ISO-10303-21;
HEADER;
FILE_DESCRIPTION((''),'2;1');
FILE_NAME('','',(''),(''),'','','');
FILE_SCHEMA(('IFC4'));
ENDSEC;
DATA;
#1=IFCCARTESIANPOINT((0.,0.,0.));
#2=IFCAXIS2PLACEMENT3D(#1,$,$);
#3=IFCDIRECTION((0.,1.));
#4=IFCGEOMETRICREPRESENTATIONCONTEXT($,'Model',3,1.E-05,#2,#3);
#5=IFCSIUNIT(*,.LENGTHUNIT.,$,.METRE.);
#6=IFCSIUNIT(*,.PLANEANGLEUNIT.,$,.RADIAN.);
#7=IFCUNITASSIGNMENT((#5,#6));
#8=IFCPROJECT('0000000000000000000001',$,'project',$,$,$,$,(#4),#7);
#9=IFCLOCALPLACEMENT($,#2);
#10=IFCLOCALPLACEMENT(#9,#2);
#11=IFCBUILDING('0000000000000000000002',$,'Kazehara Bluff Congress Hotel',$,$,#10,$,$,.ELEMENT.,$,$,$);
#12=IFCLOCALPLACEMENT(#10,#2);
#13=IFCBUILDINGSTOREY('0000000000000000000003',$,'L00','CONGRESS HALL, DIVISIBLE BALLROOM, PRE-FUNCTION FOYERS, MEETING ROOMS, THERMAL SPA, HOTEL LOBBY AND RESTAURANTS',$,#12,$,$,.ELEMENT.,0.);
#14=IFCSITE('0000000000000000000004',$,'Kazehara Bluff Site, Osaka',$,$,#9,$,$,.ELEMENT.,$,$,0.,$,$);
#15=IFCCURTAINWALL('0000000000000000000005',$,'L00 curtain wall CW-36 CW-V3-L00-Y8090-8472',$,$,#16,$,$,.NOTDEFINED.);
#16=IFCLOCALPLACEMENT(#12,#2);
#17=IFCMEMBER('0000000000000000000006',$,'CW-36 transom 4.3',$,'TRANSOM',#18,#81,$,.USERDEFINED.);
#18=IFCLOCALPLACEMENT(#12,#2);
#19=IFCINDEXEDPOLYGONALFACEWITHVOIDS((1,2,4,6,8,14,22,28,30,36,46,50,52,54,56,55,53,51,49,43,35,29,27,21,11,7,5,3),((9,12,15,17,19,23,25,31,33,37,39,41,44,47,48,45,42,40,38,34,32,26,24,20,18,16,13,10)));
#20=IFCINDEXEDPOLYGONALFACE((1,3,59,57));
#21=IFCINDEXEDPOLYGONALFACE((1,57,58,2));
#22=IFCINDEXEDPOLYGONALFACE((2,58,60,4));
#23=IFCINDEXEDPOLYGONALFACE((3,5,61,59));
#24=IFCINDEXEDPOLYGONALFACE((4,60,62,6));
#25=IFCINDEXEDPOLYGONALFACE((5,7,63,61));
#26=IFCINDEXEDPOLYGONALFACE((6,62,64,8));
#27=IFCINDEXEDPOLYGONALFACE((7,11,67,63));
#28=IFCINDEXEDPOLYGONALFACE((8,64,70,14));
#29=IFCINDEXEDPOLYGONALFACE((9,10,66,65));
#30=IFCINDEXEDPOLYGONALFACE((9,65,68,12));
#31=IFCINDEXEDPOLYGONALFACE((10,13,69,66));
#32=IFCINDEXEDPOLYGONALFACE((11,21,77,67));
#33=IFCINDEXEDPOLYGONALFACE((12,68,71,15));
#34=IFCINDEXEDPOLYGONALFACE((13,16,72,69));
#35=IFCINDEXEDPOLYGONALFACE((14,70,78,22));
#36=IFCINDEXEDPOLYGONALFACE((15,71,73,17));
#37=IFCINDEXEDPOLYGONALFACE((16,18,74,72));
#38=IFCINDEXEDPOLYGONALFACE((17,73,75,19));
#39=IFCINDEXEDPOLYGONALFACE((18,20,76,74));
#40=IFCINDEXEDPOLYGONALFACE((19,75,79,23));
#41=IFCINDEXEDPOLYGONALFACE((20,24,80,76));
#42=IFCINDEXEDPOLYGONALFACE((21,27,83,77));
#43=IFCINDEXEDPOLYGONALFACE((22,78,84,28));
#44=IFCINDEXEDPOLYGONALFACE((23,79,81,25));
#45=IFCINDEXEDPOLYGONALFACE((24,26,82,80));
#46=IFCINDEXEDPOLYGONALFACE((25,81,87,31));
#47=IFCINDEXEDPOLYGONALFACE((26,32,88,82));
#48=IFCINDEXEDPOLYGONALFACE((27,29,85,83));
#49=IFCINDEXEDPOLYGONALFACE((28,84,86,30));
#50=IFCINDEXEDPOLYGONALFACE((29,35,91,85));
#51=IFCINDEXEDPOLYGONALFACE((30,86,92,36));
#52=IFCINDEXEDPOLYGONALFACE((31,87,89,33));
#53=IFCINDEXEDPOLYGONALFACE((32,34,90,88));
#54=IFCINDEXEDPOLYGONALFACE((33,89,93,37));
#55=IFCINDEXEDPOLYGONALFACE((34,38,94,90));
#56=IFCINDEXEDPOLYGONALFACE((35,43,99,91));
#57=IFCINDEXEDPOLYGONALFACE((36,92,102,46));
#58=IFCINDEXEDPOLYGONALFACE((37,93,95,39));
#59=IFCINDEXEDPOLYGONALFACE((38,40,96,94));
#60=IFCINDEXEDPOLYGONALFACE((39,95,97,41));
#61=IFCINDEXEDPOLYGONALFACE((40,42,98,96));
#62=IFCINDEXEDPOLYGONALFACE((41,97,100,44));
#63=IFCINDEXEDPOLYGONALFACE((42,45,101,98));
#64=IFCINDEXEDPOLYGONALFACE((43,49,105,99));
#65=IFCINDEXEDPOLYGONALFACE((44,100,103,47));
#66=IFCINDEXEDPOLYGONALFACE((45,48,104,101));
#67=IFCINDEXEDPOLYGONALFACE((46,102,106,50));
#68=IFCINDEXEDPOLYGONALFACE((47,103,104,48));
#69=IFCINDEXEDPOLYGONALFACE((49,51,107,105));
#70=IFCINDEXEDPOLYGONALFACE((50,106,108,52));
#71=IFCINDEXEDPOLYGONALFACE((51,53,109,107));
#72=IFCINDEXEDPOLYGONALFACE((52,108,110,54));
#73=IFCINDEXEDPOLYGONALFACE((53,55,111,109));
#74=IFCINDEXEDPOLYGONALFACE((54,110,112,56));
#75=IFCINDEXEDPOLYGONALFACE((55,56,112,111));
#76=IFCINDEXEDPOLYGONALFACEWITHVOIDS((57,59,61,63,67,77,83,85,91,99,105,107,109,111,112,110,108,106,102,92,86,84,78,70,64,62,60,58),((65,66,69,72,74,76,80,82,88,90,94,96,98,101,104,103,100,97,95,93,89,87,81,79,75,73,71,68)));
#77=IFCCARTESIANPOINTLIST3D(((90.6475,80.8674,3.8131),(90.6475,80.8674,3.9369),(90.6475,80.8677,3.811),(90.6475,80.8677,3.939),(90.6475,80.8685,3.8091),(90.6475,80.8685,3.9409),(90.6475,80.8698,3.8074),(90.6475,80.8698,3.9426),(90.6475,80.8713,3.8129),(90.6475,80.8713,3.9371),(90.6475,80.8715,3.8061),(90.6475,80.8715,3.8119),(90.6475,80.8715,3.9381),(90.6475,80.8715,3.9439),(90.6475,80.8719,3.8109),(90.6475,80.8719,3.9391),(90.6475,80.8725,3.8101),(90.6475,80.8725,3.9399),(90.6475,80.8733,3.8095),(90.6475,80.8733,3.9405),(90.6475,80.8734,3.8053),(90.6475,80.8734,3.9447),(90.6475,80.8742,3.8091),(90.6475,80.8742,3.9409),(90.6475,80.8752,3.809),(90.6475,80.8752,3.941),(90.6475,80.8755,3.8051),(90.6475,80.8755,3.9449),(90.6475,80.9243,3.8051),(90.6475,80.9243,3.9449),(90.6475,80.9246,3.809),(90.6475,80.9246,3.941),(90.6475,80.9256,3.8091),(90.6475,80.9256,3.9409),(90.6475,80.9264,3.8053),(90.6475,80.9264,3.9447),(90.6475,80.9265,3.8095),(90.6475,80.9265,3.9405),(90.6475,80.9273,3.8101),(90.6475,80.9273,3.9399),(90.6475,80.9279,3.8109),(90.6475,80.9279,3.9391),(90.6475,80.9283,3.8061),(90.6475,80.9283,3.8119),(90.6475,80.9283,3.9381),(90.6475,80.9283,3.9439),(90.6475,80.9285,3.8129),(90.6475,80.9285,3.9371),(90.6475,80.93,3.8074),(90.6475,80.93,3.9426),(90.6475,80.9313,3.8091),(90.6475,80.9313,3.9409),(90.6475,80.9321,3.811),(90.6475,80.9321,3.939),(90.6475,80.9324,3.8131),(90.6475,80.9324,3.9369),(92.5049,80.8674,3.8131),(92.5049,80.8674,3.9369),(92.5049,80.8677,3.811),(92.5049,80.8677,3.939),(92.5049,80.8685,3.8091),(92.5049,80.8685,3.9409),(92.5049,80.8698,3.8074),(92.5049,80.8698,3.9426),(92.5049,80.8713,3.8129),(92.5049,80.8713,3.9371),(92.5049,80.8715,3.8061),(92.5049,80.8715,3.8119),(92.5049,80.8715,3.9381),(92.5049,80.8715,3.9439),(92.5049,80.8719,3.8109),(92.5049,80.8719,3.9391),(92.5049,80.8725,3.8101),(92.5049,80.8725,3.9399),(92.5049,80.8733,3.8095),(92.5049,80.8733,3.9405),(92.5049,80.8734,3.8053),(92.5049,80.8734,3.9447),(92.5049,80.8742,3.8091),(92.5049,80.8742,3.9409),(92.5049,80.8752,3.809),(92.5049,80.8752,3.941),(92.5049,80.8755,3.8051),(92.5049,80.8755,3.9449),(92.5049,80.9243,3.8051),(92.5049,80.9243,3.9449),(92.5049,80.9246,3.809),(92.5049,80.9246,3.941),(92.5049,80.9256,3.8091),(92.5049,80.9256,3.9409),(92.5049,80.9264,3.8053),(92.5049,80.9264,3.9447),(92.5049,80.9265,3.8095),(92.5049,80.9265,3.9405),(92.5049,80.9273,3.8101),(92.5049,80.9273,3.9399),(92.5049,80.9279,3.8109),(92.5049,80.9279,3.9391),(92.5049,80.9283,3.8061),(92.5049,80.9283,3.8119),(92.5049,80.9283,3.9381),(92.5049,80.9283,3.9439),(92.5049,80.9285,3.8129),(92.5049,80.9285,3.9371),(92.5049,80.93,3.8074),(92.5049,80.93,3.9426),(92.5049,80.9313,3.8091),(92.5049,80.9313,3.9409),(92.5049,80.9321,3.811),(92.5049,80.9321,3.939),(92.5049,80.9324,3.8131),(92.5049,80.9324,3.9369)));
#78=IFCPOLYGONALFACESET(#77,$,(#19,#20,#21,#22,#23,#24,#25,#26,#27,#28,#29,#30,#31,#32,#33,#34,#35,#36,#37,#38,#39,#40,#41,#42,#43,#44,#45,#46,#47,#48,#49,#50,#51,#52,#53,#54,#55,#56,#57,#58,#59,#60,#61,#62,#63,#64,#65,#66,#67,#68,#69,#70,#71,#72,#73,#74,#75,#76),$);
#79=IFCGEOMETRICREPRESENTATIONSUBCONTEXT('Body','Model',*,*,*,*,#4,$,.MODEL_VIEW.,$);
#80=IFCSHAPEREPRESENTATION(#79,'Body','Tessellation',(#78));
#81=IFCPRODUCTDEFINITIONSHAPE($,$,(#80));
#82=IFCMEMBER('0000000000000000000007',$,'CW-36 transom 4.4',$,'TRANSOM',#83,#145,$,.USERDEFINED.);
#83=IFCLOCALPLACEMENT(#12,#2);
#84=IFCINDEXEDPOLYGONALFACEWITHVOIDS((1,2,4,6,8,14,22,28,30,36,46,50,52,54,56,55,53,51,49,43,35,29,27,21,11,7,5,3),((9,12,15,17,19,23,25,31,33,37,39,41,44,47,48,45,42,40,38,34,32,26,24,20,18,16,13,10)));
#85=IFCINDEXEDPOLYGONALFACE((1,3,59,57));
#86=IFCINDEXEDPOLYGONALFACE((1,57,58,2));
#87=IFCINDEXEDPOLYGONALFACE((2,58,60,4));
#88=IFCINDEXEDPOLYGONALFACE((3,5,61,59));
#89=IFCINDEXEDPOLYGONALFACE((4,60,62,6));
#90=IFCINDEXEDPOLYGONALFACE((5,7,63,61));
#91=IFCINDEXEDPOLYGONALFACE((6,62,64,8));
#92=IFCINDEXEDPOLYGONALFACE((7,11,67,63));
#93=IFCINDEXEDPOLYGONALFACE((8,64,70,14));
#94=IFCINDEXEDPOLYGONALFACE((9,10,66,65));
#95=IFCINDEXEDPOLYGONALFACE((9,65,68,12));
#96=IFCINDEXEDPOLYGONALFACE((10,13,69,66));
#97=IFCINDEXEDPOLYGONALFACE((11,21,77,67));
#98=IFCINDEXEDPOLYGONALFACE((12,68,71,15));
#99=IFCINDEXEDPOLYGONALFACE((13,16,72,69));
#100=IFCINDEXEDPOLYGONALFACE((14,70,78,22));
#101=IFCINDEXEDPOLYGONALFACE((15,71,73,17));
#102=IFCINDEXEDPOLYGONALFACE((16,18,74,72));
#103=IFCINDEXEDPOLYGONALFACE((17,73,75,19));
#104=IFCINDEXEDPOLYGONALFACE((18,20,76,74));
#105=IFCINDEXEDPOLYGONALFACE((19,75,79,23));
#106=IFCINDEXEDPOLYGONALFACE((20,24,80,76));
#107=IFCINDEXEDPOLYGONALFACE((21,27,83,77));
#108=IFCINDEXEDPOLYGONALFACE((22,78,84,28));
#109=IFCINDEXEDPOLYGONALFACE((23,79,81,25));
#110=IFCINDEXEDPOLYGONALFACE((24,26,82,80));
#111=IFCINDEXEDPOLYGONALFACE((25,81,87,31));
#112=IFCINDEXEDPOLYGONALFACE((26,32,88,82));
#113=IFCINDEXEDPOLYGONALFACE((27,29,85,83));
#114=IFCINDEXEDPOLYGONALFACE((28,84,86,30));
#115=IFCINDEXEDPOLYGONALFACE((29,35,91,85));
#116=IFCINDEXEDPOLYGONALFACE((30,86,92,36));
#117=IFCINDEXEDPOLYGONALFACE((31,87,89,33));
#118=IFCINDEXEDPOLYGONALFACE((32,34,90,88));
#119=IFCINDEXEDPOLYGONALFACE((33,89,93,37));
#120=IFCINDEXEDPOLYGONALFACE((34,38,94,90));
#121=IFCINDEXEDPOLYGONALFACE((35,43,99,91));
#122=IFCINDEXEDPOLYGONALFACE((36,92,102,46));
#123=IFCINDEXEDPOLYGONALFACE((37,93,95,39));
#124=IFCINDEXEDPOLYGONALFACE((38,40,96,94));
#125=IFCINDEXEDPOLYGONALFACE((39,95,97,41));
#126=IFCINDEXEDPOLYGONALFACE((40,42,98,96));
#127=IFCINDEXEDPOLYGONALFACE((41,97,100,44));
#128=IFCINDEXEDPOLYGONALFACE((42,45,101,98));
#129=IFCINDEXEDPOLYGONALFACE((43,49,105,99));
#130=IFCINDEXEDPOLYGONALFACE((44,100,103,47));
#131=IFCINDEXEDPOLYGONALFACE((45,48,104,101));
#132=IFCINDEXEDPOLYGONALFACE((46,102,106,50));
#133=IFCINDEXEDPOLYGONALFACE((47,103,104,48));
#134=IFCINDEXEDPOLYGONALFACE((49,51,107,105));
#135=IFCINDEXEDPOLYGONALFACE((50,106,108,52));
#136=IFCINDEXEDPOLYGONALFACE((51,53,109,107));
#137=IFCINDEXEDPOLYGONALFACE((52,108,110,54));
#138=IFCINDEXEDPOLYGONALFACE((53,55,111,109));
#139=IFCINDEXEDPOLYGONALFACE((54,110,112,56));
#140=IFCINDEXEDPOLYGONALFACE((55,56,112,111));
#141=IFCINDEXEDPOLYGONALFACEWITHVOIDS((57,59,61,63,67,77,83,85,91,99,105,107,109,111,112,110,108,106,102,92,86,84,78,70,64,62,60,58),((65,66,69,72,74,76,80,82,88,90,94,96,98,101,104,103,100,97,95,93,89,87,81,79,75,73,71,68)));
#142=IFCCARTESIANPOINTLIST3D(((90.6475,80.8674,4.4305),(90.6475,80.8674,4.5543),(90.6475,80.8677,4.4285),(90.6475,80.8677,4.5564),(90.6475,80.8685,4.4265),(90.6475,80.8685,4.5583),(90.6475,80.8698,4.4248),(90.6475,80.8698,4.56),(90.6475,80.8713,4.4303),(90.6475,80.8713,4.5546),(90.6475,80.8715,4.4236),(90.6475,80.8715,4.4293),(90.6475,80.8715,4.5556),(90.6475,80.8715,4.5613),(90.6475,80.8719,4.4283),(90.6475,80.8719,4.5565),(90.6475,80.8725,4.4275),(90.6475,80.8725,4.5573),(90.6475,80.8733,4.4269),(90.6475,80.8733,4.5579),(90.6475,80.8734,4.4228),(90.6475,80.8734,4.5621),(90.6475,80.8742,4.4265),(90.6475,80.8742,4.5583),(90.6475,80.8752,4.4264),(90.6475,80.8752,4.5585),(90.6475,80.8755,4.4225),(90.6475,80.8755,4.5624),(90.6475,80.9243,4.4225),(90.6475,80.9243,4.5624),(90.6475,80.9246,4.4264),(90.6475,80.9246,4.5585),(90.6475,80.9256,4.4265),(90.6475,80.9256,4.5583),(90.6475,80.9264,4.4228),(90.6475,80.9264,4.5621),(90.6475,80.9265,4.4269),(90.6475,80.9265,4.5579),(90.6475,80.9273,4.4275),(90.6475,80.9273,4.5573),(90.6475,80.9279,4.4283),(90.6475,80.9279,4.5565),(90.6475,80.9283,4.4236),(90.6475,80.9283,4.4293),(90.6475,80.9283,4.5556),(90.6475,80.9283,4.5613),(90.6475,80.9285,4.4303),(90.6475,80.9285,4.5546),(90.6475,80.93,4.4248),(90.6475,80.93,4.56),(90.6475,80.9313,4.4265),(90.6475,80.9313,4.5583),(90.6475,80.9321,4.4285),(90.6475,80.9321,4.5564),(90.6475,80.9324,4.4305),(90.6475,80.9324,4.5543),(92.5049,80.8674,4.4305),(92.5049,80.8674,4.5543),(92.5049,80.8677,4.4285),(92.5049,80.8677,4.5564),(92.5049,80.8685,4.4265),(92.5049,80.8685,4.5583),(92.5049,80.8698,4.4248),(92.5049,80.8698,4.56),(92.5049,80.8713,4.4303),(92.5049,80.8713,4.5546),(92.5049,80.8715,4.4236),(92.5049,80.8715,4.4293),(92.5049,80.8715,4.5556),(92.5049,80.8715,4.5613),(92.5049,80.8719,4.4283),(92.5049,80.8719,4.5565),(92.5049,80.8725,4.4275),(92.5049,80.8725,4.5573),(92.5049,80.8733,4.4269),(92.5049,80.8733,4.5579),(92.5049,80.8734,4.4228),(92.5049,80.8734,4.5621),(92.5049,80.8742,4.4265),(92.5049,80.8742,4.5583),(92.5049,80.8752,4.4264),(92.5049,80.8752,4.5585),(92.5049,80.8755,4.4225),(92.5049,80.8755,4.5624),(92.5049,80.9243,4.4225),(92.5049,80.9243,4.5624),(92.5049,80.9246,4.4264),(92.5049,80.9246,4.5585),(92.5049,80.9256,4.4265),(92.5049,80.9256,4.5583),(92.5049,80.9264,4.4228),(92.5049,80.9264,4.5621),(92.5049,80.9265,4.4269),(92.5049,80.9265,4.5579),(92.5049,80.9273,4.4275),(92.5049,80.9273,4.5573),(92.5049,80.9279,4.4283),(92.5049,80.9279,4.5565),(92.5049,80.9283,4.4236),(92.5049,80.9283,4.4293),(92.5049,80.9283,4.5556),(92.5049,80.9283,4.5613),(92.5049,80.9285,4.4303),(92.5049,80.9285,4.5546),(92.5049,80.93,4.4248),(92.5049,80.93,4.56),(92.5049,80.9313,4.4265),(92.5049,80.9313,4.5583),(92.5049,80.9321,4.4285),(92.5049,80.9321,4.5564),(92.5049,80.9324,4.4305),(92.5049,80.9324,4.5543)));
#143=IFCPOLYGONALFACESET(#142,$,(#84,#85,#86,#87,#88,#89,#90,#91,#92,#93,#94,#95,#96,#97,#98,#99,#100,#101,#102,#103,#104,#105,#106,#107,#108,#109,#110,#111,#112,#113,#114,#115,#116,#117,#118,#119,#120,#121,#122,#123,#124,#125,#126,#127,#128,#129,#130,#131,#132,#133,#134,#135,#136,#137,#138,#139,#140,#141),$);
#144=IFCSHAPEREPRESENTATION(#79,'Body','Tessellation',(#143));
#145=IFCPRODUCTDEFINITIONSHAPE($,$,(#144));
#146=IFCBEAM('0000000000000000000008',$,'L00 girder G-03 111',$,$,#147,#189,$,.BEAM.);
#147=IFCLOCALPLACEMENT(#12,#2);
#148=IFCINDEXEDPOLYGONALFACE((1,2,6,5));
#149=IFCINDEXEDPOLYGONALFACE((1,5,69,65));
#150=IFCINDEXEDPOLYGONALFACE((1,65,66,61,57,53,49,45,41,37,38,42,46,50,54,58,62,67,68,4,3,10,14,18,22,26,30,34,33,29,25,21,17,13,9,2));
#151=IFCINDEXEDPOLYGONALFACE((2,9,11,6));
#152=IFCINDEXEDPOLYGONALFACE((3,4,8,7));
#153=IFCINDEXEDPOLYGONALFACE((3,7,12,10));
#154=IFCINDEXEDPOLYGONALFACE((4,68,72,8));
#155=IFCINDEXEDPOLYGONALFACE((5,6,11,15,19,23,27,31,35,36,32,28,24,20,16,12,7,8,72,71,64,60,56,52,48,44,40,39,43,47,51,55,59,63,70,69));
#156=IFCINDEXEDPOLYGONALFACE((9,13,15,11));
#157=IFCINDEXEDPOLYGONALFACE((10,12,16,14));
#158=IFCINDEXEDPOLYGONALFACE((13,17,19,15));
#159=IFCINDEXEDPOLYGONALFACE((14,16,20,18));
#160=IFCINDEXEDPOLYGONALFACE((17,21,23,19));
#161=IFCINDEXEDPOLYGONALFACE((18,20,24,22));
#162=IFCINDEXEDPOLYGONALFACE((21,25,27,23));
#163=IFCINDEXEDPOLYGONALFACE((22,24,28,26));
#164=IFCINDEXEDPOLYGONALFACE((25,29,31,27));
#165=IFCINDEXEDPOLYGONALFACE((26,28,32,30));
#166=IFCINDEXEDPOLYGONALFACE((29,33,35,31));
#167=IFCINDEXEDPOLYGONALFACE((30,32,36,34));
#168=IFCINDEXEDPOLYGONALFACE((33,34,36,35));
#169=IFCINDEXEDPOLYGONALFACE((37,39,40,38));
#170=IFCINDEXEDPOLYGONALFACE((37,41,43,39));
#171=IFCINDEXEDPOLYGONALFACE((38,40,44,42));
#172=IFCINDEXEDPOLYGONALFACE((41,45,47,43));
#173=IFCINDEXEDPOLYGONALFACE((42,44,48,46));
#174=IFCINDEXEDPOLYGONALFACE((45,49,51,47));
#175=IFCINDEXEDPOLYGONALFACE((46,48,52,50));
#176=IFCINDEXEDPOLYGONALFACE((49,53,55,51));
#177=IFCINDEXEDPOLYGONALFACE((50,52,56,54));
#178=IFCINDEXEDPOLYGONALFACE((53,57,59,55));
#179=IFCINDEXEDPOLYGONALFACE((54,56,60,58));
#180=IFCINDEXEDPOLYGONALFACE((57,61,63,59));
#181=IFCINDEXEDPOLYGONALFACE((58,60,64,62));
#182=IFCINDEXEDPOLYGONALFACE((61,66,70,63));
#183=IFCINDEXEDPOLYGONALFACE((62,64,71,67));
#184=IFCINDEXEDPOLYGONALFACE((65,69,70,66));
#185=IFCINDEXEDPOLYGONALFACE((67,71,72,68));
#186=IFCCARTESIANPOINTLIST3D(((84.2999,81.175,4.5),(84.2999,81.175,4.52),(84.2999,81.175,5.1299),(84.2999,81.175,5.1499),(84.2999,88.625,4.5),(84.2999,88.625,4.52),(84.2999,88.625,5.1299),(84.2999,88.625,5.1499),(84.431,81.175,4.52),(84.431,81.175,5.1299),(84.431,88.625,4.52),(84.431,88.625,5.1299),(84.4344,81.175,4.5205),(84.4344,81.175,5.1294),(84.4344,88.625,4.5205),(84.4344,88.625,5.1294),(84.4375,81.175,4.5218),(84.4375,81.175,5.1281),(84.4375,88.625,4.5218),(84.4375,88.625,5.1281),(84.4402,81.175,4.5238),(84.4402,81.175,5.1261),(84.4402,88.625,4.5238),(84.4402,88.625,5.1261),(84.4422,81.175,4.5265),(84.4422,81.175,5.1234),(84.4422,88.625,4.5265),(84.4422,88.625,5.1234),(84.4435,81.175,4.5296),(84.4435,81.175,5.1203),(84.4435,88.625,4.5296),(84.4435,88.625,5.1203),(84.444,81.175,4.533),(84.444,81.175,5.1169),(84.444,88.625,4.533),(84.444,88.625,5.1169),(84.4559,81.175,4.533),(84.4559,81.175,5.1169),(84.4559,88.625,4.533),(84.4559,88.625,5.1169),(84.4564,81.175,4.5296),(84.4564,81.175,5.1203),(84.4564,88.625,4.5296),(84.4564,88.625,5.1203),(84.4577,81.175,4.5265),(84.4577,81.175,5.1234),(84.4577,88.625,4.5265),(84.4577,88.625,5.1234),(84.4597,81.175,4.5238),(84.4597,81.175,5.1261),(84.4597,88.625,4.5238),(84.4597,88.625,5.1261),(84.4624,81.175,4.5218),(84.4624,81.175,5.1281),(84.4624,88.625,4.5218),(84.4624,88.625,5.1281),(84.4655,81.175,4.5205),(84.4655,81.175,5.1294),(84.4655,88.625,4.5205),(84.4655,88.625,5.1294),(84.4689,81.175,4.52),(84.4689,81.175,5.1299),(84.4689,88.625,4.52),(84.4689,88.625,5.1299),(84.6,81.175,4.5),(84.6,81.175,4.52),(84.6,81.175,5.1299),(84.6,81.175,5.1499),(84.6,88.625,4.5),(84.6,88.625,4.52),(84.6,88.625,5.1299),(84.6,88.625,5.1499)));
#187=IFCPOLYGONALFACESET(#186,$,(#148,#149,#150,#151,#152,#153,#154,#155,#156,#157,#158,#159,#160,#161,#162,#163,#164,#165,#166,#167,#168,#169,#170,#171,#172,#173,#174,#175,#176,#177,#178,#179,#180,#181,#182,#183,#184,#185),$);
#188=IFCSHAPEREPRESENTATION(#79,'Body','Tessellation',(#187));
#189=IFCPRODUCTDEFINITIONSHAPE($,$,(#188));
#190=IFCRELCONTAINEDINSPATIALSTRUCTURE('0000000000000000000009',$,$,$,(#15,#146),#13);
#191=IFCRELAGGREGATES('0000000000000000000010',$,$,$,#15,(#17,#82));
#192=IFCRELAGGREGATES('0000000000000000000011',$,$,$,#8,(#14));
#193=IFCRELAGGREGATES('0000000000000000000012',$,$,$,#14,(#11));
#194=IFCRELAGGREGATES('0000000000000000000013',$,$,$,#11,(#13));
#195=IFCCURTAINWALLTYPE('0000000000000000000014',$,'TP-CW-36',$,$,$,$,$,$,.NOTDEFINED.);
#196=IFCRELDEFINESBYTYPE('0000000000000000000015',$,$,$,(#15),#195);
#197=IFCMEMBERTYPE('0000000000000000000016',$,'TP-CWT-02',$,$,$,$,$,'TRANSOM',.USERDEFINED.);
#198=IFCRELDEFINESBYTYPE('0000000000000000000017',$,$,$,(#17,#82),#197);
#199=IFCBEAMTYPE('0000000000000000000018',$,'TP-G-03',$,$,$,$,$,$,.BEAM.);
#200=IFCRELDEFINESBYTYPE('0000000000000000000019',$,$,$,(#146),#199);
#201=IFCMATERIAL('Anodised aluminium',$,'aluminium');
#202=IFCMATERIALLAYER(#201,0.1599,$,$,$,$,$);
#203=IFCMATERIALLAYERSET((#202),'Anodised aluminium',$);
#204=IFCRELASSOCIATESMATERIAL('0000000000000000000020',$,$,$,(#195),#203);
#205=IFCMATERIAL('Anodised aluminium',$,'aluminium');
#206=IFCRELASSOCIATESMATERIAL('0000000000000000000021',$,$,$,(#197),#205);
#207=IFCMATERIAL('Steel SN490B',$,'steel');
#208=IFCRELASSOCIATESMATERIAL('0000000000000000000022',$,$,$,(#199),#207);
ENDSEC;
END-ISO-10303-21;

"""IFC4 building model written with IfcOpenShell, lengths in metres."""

from ifc_helpers import new_model, si_unit, direction, frame, origin, origin_2d, place, context, subcontext, project, spatial, hollow_rectangle, i_section, extrude, material, layer, layer_set, material_profile, profile_set, type_object, element, aggregate, save


model = new_model("IFC4")

# Units and contexts
model_context = context("Model", 3, precision=1e-05, world=origin(), true_north=direction((0.0, 1.0)))
body_context = subcontext(model_context, "Body", "Model", "MODEL_VIEW")
ifc_project = project(units=[si_unit("LENGTHUNIT", "METRE"), si_unit("PLANEANGLEUNIT", "RADIAN")], contexts=[model_context])

# Site, building, storey
site_placement = place(None, origin())
site = spatial("IfcSite", under=ifc_project, at=site_placement, Name="Kazehara Bluff Site, Osaka", CompositionType="ELEMENT", RefElevation=0.0)
building_placement = place(site_placement, origin())
building = spatial("IfcBuilding", under=site, at=building_placement, Name="Kazehara Bluff Congress Hotel", CompositionType="ELEMENT")
storey_placement = place(building_placement, origin())
storey = spatial("IfcBuildingStorey", under=building, at=storey_placement, Name="L00", Description="CONGRESS HALL, DIVISIBLE BALLROOM, PRE-FUNCTION FOYERS, MEETING ROOMS, THERMAL SPA, HOTEL LOBBY AND RESTAURANTS", CompositionType="ELEMENT", Elevation=0.0)

# Curtain wall, members
ifc_material_1 = material(Name="Anodised aluminium", Category="aluminium")
ifc_layer_1 = layer(ifc_material_1, 0.1599)
ifc_layer_set_1 = layer_set([ifc_layer_1], Name="Anodised aluminium")
curtain_wall_type = type_object("IfcCurtainWallType", Name="TP-CW-36", PredefinedType="NOTDEFINED", material=ifc_layer_set_1)
curtain_wall_placement = place(storey_placement, origin())
curtain_wall = element("IfcCurtainWall", 1, at=curtain_wall_placement, inside=storey, type_object=curtain_wall_type, Name="L00 curtain wall CW-36 CW-V3-L00-Y8090-8472", PredefinedType="NOTDEFINED")
ifc_material_2 = material(Name="Anodised aluminium", Category="aluminium")
ifc_material_profile_1 = material_profile(ifc_material_2, hollow_rectangle(XDim=0.0649, YDim=0.1399, WallThickness=0.0039, InnerFilletRadius=0.0039, OuterFilletRadius=0.0081, at=origin_2d()))
ifc_profile_set_1 = profile_set([ifc_material_profile_1], Name="Anodised aluminium")
member_type_1 = type_object("IfcMemberType", Name="TP-CWT-02", ElementType="TRANSOM", PredefinedType="USERDEFINED", material=ifc_profile_set_1)
member_1_placement = place(storey_placement, frame((90.6475, 80.8999, 3.875), z_axis=(1.0, 0.0, 0.0), x_axis=(0.0, 1.0, 0.0)))
member_1 = element("IfcMember", 2, at=member_1_placement, type_object=member_type_1, Name="CW-36 transom 4.3", ObjectType="TRANSOM", PredefinedType="USERDEFINED", context=body_context, shape_type="SweptSolid", body=[
    extrude(hollow_rectangle(XDim=0.0649, YDim=0.1399, WallThickness=0.0039, InnerFilletRadius=0.0039, OuterFilletRadius=0.0081, at=origin_2d()), origin(), (0.0, 0.0, 1.0), 1.8574),
])
member_2_placement = place(storey_placement, frame((90.6475, 80.8999, 4.4924), z_axis=(1.0, 0.0, 0.0), x_axis=(0.0, 1.0, 0.0)))
member_2 = element("IfcMember", 3, at=member_2_placement, type_object=member_type_1, Name="CW-36 transom 4.4", ObjectType="TRANSOM", PredefinedType="USERDEFINED", context=body_context, shape_type="SweptSolid", body=[
    extrude(hollow_rectangle(XDim=0.0649, YDim=0.1399, WallThickness=0.0039, InnerFilletRadius=0.0039, OuterFilletRadius=0.0081, at=origin_2d()), origin(), (0.0, 0.0, 1.0), 1.8574),
])

# Beam
ifc_material_3 = material(Name="Steel SN490B", Category="steel")
ifc_material_profile_2 = material_profile(ifc_material_3, i_section(OverallWidth=0.3, OverallDepth=0.6499, WebThickness=0.012, FlangeThickness=0.02, FilletRadius=0.0129, at=origin_2d()))
ifc_profile_set_2 = profile_set([ifc_material_profile_2], Name="Steel SN490B")
beam_type_1 = type_object("IfcBeamType", Name="TP-G-03", PredefinedType="BEAM", material=ifc_profile_set_2)
for number, where, z_axis, x_axis, name in (
    (4, (84.45, 81.175, 4.825), (0.0, 1.0, 0.0), (-1.0, 0.0, 0.0), "L00 girder G-03 111"),
):
    element("IfcBeam", number, at=place(storey_placement, frame(where, z_axis=z_axis, x_axis=x_axis)), inside=storey, type_object=beam_type_1, Name=name, PredefinedType="BEAM", context=body_context, shape_type="SweptSolid", body=[
        extrude(i_section(OverallWidth=0.3, OverallDepth=0.6499, WebThickness=0.012, FlangeThickness=0.02, FilletRadius=0.0129, at=origin_2d()), origin(), (0.0, 0.0, 1.0), 7.45),
    ])

aggregate(curtain_wall, [member_1, member_2])

save(model, "model.ifc")
